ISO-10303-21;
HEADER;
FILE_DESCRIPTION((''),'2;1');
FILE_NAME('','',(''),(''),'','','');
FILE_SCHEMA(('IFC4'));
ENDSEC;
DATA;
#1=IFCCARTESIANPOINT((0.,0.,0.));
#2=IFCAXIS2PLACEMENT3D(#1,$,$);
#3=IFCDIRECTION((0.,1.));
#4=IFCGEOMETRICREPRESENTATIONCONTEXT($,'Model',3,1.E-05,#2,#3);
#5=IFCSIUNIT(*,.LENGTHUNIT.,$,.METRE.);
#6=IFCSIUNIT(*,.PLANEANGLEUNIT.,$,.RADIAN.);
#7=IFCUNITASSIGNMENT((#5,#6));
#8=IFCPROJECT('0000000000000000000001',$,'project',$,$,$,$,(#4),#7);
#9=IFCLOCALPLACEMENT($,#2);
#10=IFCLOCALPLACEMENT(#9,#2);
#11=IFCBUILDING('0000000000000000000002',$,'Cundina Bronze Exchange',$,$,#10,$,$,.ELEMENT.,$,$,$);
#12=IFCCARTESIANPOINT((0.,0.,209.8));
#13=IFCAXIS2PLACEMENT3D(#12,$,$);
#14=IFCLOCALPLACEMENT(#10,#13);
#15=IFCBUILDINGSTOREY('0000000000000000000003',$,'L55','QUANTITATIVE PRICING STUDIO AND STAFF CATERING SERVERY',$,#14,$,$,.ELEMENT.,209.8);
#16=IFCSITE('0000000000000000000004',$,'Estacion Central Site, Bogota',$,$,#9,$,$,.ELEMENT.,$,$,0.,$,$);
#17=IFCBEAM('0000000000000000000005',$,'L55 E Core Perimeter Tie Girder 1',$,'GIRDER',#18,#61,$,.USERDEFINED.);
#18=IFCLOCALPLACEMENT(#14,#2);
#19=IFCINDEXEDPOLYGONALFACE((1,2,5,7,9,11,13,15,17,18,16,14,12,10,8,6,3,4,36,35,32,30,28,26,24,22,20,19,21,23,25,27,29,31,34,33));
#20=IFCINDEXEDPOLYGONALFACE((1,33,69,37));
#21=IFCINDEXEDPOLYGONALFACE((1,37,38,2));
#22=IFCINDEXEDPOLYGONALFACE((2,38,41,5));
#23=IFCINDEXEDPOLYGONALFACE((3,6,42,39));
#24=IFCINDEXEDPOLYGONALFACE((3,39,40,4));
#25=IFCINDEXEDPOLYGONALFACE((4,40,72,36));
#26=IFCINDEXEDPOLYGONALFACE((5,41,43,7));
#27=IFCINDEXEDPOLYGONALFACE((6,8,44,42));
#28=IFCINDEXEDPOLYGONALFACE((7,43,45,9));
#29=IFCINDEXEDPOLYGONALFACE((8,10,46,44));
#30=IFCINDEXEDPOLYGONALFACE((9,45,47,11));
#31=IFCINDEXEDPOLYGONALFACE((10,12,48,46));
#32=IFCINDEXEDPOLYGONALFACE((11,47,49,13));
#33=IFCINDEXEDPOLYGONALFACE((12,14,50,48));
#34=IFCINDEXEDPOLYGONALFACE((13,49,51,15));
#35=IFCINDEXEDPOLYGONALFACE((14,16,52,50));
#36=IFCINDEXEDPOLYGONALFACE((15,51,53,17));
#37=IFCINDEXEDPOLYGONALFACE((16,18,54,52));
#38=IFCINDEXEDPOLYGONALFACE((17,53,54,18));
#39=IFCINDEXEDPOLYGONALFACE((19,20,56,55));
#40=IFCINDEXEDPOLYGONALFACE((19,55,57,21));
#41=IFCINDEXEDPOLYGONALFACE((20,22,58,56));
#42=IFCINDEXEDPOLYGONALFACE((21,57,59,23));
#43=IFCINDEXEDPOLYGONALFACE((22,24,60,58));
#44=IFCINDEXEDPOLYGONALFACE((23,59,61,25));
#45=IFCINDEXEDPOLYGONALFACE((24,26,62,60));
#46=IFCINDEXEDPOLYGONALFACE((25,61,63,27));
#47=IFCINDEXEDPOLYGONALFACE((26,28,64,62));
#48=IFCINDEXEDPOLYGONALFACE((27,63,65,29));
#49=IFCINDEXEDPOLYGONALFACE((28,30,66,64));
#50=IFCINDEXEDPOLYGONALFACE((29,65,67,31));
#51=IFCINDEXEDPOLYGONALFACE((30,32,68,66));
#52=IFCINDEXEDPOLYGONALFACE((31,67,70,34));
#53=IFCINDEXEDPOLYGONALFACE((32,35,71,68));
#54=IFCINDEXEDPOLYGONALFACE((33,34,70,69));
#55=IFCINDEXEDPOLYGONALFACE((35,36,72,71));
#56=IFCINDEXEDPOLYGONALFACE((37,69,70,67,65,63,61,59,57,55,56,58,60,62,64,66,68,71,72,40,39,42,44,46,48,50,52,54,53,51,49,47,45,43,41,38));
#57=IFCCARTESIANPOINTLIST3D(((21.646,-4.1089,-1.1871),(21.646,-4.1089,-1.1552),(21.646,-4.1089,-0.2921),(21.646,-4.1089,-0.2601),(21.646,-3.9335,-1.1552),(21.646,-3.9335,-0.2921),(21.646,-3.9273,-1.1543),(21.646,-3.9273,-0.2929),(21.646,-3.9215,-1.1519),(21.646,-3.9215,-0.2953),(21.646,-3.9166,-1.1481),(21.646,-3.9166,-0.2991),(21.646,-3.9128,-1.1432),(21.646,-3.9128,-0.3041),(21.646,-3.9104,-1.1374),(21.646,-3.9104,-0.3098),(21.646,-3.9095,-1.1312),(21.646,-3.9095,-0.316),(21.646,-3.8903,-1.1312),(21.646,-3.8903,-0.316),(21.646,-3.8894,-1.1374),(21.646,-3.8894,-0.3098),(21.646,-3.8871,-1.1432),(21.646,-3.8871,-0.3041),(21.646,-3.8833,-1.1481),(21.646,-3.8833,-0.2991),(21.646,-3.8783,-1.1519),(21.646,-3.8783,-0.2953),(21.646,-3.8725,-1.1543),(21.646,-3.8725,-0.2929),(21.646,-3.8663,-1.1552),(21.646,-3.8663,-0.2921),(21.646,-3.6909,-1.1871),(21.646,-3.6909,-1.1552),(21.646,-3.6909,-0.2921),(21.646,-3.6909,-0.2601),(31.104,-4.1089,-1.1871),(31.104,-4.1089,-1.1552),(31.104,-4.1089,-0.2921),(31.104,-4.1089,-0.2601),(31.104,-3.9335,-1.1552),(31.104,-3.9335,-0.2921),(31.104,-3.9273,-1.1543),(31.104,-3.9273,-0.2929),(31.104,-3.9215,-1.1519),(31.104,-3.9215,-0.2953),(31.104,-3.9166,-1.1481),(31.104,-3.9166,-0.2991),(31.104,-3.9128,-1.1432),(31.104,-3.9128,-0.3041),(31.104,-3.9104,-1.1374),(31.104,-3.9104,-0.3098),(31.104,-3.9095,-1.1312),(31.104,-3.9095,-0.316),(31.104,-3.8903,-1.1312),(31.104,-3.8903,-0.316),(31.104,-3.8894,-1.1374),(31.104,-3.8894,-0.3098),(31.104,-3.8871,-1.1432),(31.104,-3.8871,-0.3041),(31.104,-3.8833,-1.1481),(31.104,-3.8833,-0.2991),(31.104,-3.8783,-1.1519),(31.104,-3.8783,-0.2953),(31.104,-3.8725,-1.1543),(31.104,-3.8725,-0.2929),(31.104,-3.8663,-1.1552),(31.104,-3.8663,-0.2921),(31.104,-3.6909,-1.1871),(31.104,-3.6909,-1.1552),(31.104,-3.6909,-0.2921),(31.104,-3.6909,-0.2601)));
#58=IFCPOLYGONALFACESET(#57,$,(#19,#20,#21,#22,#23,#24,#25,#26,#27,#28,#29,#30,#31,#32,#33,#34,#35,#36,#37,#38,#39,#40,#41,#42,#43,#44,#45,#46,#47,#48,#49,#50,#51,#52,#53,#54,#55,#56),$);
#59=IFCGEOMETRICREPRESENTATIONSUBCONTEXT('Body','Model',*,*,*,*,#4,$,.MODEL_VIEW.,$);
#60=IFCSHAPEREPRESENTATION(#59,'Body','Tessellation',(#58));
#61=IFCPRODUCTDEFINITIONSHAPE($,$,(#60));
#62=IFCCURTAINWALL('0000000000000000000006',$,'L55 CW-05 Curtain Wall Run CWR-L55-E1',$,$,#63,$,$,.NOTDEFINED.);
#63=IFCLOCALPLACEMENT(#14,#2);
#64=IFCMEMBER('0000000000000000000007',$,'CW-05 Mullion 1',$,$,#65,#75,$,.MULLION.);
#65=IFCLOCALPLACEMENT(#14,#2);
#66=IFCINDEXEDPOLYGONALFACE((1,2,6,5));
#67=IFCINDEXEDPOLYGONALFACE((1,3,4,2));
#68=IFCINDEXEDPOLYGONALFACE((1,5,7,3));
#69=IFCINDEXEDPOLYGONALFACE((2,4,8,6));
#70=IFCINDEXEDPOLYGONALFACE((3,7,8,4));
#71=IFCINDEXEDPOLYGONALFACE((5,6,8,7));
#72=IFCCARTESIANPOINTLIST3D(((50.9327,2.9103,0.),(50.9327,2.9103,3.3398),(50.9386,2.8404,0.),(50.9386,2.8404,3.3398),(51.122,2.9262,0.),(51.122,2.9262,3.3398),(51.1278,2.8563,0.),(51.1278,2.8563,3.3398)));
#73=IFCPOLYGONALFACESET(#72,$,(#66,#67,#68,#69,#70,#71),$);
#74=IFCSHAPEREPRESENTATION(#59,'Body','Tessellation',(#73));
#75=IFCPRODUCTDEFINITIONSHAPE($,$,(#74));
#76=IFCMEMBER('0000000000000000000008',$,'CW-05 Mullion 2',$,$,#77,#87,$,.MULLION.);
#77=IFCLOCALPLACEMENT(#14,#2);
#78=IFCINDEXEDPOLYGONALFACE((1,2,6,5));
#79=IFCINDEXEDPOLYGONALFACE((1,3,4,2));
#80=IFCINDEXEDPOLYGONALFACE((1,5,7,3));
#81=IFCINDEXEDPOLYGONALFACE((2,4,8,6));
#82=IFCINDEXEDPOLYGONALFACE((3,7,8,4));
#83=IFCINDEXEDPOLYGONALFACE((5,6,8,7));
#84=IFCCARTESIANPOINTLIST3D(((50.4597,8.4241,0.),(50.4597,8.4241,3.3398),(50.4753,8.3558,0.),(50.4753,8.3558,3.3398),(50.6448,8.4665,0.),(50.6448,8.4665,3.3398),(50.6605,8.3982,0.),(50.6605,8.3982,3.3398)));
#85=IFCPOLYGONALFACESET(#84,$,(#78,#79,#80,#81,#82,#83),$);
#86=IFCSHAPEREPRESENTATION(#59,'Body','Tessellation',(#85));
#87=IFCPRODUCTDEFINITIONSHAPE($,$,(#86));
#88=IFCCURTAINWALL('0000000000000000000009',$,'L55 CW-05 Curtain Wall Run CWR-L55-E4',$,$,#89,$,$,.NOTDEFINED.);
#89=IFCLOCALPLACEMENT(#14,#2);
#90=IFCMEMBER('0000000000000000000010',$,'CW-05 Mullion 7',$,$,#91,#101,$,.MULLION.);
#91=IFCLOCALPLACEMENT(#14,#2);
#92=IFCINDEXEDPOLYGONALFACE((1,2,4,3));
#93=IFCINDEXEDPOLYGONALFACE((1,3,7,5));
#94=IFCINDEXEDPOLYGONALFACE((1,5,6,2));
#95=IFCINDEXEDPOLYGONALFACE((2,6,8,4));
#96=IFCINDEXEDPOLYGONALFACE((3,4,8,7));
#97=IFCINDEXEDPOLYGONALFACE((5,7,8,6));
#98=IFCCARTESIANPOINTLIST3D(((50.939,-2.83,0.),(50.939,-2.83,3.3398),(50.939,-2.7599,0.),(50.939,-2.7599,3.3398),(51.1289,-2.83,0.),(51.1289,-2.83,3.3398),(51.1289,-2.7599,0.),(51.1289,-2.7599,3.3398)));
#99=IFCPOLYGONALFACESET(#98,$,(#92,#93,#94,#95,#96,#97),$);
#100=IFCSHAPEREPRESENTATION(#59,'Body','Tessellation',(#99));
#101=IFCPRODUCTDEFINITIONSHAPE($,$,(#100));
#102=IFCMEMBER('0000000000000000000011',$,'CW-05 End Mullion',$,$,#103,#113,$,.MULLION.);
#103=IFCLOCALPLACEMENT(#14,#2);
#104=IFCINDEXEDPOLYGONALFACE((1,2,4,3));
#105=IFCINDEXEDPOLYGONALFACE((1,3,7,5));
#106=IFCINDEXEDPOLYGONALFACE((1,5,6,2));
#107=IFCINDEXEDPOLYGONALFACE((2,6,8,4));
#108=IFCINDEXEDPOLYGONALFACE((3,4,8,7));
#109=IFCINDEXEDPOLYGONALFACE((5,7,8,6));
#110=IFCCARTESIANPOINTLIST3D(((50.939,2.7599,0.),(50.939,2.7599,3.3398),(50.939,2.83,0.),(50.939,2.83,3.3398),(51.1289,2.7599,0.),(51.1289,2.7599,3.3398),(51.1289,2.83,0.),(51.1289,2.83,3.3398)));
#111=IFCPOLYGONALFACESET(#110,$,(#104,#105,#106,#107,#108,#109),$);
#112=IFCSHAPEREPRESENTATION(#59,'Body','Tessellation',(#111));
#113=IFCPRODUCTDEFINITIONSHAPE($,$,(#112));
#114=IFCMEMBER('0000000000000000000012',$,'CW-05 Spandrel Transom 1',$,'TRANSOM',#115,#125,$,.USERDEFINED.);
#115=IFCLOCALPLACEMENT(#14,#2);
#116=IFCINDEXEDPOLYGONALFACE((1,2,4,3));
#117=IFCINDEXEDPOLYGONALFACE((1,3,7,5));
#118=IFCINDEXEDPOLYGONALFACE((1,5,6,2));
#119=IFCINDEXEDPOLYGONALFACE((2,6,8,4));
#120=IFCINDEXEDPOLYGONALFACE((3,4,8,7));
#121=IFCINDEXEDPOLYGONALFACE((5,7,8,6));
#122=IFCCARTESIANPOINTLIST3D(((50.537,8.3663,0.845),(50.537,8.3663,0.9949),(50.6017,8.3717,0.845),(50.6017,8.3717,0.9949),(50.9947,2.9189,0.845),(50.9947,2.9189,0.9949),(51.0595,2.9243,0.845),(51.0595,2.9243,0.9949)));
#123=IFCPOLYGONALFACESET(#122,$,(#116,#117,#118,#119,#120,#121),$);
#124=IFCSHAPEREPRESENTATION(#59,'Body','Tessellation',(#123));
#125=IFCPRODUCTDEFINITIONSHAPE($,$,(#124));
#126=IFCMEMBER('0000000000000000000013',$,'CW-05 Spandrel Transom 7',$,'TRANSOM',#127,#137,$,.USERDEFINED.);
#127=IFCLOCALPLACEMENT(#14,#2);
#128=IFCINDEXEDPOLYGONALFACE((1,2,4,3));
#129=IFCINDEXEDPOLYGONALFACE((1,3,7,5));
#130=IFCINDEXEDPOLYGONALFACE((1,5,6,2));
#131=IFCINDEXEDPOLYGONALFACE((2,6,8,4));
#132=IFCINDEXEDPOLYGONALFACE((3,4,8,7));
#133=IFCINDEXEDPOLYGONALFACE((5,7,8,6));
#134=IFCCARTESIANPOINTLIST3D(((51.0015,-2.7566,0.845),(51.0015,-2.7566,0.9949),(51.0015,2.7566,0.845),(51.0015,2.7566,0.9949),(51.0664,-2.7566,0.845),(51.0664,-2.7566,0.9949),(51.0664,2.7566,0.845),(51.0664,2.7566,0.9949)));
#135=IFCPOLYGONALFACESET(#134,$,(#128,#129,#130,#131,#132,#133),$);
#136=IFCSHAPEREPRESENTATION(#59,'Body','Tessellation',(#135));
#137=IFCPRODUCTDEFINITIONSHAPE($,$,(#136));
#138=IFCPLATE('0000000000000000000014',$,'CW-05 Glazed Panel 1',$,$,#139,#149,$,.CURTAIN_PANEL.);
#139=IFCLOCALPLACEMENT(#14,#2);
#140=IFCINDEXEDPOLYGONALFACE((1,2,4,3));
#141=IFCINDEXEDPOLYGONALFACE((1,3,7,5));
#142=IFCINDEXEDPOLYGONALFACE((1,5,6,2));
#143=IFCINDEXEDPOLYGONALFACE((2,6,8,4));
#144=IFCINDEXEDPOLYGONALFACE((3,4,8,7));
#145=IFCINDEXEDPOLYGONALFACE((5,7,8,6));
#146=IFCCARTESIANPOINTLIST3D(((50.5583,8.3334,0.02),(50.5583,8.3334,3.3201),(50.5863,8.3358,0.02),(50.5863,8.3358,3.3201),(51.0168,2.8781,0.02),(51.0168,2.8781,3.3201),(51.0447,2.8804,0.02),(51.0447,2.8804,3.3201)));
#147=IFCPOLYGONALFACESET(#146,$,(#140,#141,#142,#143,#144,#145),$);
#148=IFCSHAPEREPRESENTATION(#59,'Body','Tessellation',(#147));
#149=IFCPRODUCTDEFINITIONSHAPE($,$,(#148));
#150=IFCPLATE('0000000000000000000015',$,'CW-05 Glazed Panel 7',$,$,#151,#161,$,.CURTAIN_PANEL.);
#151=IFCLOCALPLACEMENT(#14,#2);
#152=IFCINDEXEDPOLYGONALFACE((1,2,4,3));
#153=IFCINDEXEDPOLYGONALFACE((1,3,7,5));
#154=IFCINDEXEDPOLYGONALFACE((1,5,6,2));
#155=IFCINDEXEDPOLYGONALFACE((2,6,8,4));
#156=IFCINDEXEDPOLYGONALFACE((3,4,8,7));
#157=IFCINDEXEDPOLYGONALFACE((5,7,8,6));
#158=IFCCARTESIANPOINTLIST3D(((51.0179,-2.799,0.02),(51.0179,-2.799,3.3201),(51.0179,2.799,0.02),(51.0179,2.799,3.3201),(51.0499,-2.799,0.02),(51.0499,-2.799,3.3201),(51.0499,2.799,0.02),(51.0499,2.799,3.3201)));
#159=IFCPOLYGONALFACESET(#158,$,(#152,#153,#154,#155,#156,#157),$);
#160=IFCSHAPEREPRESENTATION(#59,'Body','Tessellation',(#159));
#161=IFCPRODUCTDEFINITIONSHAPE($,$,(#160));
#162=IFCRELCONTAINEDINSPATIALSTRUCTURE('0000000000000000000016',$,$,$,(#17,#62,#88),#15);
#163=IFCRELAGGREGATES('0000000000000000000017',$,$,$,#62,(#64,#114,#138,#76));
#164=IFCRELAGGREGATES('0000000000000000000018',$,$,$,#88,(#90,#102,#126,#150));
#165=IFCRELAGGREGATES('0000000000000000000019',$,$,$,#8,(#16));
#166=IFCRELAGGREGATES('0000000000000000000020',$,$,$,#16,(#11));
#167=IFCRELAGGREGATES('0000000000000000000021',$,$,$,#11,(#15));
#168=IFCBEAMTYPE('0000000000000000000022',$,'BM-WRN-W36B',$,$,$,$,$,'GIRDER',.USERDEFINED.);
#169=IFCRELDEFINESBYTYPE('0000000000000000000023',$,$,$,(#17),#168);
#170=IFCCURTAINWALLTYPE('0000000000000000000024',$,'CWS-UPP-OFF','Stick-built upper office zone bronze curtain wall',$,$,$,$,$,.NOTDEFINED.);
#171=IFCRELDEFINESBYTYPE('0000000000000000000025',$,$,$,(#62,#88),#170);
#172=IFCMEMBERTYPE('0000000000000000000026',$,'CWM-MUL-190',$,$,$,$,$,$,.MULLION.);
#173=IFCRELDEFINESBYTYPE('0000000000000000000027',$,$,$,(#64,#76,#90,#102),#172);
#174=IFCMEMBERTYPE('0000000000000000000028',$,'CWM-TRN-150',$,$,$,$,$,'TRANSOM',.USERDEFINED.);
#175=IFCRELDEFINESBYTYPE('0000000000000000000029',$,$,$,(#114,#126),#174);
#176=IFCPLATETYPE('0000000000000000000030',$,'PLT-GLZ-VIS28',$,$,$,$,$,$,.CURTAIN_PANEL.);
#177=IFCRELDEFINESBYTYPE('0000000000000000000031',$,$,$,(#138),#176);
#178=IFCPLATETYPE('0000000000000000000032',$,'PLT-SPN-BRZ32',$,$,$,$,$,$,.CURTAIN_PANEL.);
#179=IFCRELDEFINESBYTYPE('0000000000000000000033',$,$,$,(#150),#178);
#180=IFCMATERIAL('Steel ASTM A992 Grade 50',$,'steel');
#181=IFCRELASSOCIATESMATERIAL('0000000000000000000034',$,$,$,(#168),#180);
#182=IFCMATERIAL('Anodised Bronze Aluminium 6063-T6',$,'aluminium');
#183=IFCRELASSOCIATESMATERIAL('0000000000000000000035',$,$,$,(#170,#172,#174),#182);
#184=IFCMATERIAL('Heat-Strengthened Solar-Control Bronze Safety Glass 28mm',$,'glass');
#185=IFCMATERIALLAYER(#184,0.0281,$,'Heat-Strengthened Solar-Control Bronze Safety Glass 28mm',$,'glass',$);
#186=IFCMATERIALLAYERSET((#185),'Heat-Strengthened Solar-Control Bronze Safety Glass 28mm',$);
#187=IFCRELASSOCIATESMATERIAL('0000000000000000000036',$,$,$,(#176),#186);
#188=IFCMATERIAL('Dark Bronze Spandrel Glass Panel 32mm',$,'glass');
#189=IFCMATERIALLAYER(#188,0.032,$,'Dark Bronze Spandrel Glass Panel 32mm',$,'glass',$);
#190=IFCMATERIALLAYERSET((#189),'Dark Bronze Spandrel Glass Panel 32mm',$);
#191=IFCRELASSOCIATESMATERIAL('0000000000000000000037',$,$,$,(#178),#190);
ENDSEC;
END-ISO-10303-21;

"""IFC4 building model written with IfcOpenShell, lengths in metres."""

from ifc_helpers import new_model, si_unit, direction, frame, origin, origin_2d, place, context, subcontext, project, spatial, rectangle, i_section, extrude, material, layer, layer_set, material_profile, profile_set, type_object, element, aggregate, save


model = new_model("IFC4")

# Units and contexts
model_context = context("Model", 3, precision=1e-05, world=origin(), true_north=direction((0.0, 1.0)))
body_context = subcontext(model_context, "Body", "Model", "MODEL_VIEW")
ifc_project = project(units=[si_unit("LENGTHUNIT", "METRE"), si_unit("PLANEANGLEUNIT", "RADIAN")], contexts=[model_context])

# Site, building, storey
site_placement = place(None, origin())
site = spatial("IfcSite", under=ifc_project, at=site_placement, Name="Estacion Central Site, Bogota", CompositionType="ELEMENT", RefElevation=0.0)
building_placement = place(site_placement, origin())
building = spatial("IfcBuilding", under=site, at=building_placement, Name="Cundina Bronze Exchange", CompositionType="ELEMENT")
storey_placement = place(building_placement, frame((0.0, 0.0, 209.8)))
storey = spatial("IfcBuildingStorey", under=building, at=storey_placement, Name="L55", Description="QUANTITATIVE PRICING STUDIO AND STAFF CATERING SERVERY", CompositionType="ELEMENT", Elevation=209.8)

# Shared definitions
ifc_material_1 = material(Name="Steel ASTM A992 Grade 50", Category="steel")

# Beam
ifc_material_profile_1 = material_profile(ifc_material_1, i_section(OverallWidth=0.418, OverallDepth=0.927, WebThickness=0.0193, FlangeThickness=0.032, FilletRadius=0.0239, at=origin_2d()), Name="W36X231", Category="steel")
ifc_profile_set_1 = profile_set([ifc_material_profile_1], Name="Steel ASTM A992 Grade 50")
beam_type_1 = type_object("IfcBeamType", Name="BM-WRN-W36B", ElementType="GIRDER", PredefinedType="USERDEFINED", material=ifc_profile_set_1)
beam_1_placement = place(storey_placement, frame((31.104, -3.8999, -0.7236), z_axis=(-1.0, 0.0, 0.0), x_axis=(0.0, -1.0, 0.0)))
element("IfcBeam", 1, at=beam_1_placement, inside=storey, type_object=beam_type_1, Name="L55 E Core Perimeter Tie Girder 1", ObjectType="GIRDER", PredefinedType="USERDEFINED", context=body_context, shape_type="SweptSolid", body=[
    extrude(i_section(OverallWidth=0.418, OverallDepth=0.927, WebThickness=0.0193, FlangeThickness=0.032, FilletRadius=0.0239, at=origin_2d()), origin(), (0.0, 0.0, 1.0), 9.458),
])

# Curtain walls, members
ifc_material_2 = material(Name="Anodised Bronze Aluminium 6063-T6", Category="aluminium")
curtain_wall_type = type_object("IfcCurtainWallType", Name="CWS-UPP-OFF", Description="Stick-built upper office zone bronze curtain wall", PredefinedType="NOTDEFINED", material=ifc_material_2)
curtain_wall_1_placement = place(storey_placement, origin())
curtain_wall_1 = element("IfcCurtainWall", 2, at=curtain_wall_1_placement, inside=storey, type_object=curtain_wall_type, Name="L55 CW-05 Curtain Wall Run CWR-L55-E1", PredefinedType="NOTDEFINED")
ifc_material_profile_2 = material_profile(ifc_material_2, rectangle(XDim=0.0701, YDim=0.1899, at=origin_2d()), Name="AL70X190", Category="aluminium")
ifc_profile_set_2 = profile_set([ifc_material_profile_2], Name="Anodised Bronze Aluminium 6063-T6")
member_type_1 = type_object("IfcMemberType", Name="CWM-MUL-190", PredefinedType="MULLION", material=ifc_profile_set_2)
member_1_placement = place(storey_placement, frame((51.0303, 2.8833, 0.0), z_axis=(0.0, 0.0, 1.0), x_axis=(-0.083678, 0.996493, 0.0)))
member_1 = element("IfcMember", 3, at=member_1_placement, type_object=member_type_1, Name="CW-05 Mullion 1", PredefinedType="MULLION", context=body_context, shape_type="SweptSolid", body=[
    extrude(rectangle(XDim=0.0701, YDim=0.1899, at=origin_2d()), origin(), (0.0, 0.0, 1.0), 3.3398),
])
member_2_placement = place(storey_placement, frame((50.5601, 8.4111, 0.0), z_axis=(0.0, 0.0, 1.0), x_axis=(-0.22325, 0.974761, 0.0)))
member_2 = element("IfcMember", 4, at=member_2_placement, type_object=member_type_1, Name="CW-05 Mullion 2", PredefinedType="MULLION", context=body_context, shape_type="SweptSolid", body=[
    extrude(rectangle(XDim=0.0701, YDim=0.1899, at=origin_2d()), origin(), (0.0, 0.0, 1.0), 3.3398),
])
curtain_wall_2_placement = place(storey_placement, origin())
curtain_wall_2 = element("IfcCurtainWall", 5, at=curtain_wall_2_placement, inside=storey, type_object=curtain_wall_type, Name="L55 CW-05 Curtain Wall Run CWR-L55-E4", PredefinedType="NOTDEFINED")
member_3_placement = place(storey_placement, frame((51.0339, -2.7949, 0.0), z_axis=(0.0, 0.0, 1.0), x_axis=(0.0, 1.0, 0.0)))
member_3 = element("IfcMember", 6, at=member_3_placement, type_object=member_type_1, Name="CW-05 Mullion 7", PredefinedType="MULLION", context=body_context, shape_type="SweptSolid", body=[
    extrude(rectangle(XDim=0.0701, YDim=0.1899, at=origin_2d()), origin(), (0.0, 0.0, 1.0), 3.3398),
])
member_4_placement = place(storey_placement, frame((51.0339, 2.7949, 0.0), z_axis=(0.0, 0.0, 1.0), x_axis=(0.0, 1.0, 0.0)))
member_4 = element("IfcMember", 7, at=member_4_placement, type_object=member_type_1, Name="CW-05 End Mullion", PredefinedType="MULLION", context=body_context, shape_type="SweptSolid", body=[
    extrude(rectangle(XDim=0.0701, YDim=0.1899, at=origin_2d()), origin(), (0.0, 0.0, 1.0), 3.3398),
])

# Members
ifc_material_profile_3 = material_profile(ifc_material_2, rectangle(XDim=0.0649, YDim=0.1499, at=origin_2d()), Name="AL65X150", Category="aluminium")
ifc_profile_set_3 = profile_set([ifc_material_profile_3], Name="Anodised Bronze Aluminium 6063-T6")
member_type_2 = type_object("IfcMemberType", Name="CWM-TRN-150", ElementType="TRANSOM", PredefinedType="USERDEFINED", material=ifc_profile_set_3)
member_5_placement = place(storey_placement, frame((51.0271, 2.9216, 0.9199), z_axis=(-0.08374, 0.996488, 0.0), x_axis=(-0.996488, -0.08374, 0.0)))
member_5 = element("IfcMember", 8, at=member_5_placement, type_object=member_type_2, Name="CW-05 Spandrel Transom 1", ObjectType="TRANSOM", PredefinedType="USERDEFINED", context=body_context, shape_type="SweptSolid", body=[
    extrude(rectangle(XDim=0.0649, YDim=0.1499, at=origin_2d()), origin(), (0.0, 0.0, 1.0), 5.4666),
])
member_6_placement = place(storey_placement, frame((51.0339, -2.7566, 0.9199), z_axis=(0.0, 1.0, 0.0), x_axis=(-1.0, 0.0, 0.0)))
member_6 = element("IfcMember", 9, at=member_6_placement, type_object=member_type_2, Name="CW-05 Spandrel Transom 7", ObjectType="TRANSOM", PredefinedType="USERDEFINED", context=body_context, shape_type="SweptSolid", body=[
    extrude(rectangle(XDim=0.0649, YDim=0.1499, at=origin_2d()), origin(), (0.0, 0.0, 1.0), 5.5132),
])

# Plates
ifc_material_3 = material(Name="Heat-Strengthened Solar-Control Bronze Safety Glass 28mm", Category="glass")
ifc_layer_1 = layer(ifc_material_3, 0.0281, Name="Heat-Strengthened Solar-Control Bronze Safety Glass 28mm", Category="glass")
ifc_layer_set_1 = layer_set([ifc_layer_1], Name="Heat-Strengthened Solar-Control Bronze Safety Glass 28mm")
plate_type_1 = type_object("IfcPlateType", Name="PLT-GLZ-VIS28", PredefinedType="CURTAIN_PANEL", material=ifc_layer_set_1)
plate_1_placement = place(storey_placement, frame((50.8015, 5.6069, 0.02), z_axis=(0.0, 0.0, 1.0), x_axis=(-0.083747, 0.996487, 0.0)))
plate_1 = element("IfcPlate", 10, at=plate_1_placement, type_object=plate_type_1, Name="CW-05 Glazed Panel 1", PredefinedType="CURTAIN_PANEL", context=body_context, shape_type="SweptSolid", body=[
    extrude(rectangle(XDim=5.4746, YDim=0.0281, at=origin_2d()), origin(), (0.0, 0.0, 1.0), 3.3),
])
aggregate(curtain_wall_1, [member_1, member_5, plate_1, member_2])
ifc_material_4 = material(Name="Dark Bronze Spandrel Glass Panel 32mm", Category="glass")
ifc_layer_2 = layer(ifc_material_4, 0.032, Name="Dark Bronze Spandrel Glass Panel 32mm", Category="glass")
ifc_layer_set_2 = layer_set([ifc_layer_2], Name="Dark Bronze Spandrel Glass Panel 32mm")
plate_type_2 = type_object("IfcPlateType", Name="PLT-SPN-BRZ32", PredefinedType="CURTAIN_PANEL", material=ifc_layer_set_2)
plate_2_placement = place(storey_placement, frame((51.0339, 0.0, 0.02), z_axis=(0.0, 0.0, 1.0), x_axis=(0.0, 1.0, 0.0)))
plate_2 = element("IfcPlate", 11, at=plate_2_placement, type_object=plate_type_2, Name="CW-05 Glazed Panel 7", PredefinedType="CURTAIN_PANEL", context=body_context, shape_type="SweptSolid", body=[
    extrude(rectangle(XDim=5.5979, YDim=0.032, at=origin_2d()), origin(), (0.0, 0.0, 1.0), 3.3),
])
aggregate(curtain_wall_2, [member_3, member_4, member_6, plate_2])

save(model, "model.ifc")
